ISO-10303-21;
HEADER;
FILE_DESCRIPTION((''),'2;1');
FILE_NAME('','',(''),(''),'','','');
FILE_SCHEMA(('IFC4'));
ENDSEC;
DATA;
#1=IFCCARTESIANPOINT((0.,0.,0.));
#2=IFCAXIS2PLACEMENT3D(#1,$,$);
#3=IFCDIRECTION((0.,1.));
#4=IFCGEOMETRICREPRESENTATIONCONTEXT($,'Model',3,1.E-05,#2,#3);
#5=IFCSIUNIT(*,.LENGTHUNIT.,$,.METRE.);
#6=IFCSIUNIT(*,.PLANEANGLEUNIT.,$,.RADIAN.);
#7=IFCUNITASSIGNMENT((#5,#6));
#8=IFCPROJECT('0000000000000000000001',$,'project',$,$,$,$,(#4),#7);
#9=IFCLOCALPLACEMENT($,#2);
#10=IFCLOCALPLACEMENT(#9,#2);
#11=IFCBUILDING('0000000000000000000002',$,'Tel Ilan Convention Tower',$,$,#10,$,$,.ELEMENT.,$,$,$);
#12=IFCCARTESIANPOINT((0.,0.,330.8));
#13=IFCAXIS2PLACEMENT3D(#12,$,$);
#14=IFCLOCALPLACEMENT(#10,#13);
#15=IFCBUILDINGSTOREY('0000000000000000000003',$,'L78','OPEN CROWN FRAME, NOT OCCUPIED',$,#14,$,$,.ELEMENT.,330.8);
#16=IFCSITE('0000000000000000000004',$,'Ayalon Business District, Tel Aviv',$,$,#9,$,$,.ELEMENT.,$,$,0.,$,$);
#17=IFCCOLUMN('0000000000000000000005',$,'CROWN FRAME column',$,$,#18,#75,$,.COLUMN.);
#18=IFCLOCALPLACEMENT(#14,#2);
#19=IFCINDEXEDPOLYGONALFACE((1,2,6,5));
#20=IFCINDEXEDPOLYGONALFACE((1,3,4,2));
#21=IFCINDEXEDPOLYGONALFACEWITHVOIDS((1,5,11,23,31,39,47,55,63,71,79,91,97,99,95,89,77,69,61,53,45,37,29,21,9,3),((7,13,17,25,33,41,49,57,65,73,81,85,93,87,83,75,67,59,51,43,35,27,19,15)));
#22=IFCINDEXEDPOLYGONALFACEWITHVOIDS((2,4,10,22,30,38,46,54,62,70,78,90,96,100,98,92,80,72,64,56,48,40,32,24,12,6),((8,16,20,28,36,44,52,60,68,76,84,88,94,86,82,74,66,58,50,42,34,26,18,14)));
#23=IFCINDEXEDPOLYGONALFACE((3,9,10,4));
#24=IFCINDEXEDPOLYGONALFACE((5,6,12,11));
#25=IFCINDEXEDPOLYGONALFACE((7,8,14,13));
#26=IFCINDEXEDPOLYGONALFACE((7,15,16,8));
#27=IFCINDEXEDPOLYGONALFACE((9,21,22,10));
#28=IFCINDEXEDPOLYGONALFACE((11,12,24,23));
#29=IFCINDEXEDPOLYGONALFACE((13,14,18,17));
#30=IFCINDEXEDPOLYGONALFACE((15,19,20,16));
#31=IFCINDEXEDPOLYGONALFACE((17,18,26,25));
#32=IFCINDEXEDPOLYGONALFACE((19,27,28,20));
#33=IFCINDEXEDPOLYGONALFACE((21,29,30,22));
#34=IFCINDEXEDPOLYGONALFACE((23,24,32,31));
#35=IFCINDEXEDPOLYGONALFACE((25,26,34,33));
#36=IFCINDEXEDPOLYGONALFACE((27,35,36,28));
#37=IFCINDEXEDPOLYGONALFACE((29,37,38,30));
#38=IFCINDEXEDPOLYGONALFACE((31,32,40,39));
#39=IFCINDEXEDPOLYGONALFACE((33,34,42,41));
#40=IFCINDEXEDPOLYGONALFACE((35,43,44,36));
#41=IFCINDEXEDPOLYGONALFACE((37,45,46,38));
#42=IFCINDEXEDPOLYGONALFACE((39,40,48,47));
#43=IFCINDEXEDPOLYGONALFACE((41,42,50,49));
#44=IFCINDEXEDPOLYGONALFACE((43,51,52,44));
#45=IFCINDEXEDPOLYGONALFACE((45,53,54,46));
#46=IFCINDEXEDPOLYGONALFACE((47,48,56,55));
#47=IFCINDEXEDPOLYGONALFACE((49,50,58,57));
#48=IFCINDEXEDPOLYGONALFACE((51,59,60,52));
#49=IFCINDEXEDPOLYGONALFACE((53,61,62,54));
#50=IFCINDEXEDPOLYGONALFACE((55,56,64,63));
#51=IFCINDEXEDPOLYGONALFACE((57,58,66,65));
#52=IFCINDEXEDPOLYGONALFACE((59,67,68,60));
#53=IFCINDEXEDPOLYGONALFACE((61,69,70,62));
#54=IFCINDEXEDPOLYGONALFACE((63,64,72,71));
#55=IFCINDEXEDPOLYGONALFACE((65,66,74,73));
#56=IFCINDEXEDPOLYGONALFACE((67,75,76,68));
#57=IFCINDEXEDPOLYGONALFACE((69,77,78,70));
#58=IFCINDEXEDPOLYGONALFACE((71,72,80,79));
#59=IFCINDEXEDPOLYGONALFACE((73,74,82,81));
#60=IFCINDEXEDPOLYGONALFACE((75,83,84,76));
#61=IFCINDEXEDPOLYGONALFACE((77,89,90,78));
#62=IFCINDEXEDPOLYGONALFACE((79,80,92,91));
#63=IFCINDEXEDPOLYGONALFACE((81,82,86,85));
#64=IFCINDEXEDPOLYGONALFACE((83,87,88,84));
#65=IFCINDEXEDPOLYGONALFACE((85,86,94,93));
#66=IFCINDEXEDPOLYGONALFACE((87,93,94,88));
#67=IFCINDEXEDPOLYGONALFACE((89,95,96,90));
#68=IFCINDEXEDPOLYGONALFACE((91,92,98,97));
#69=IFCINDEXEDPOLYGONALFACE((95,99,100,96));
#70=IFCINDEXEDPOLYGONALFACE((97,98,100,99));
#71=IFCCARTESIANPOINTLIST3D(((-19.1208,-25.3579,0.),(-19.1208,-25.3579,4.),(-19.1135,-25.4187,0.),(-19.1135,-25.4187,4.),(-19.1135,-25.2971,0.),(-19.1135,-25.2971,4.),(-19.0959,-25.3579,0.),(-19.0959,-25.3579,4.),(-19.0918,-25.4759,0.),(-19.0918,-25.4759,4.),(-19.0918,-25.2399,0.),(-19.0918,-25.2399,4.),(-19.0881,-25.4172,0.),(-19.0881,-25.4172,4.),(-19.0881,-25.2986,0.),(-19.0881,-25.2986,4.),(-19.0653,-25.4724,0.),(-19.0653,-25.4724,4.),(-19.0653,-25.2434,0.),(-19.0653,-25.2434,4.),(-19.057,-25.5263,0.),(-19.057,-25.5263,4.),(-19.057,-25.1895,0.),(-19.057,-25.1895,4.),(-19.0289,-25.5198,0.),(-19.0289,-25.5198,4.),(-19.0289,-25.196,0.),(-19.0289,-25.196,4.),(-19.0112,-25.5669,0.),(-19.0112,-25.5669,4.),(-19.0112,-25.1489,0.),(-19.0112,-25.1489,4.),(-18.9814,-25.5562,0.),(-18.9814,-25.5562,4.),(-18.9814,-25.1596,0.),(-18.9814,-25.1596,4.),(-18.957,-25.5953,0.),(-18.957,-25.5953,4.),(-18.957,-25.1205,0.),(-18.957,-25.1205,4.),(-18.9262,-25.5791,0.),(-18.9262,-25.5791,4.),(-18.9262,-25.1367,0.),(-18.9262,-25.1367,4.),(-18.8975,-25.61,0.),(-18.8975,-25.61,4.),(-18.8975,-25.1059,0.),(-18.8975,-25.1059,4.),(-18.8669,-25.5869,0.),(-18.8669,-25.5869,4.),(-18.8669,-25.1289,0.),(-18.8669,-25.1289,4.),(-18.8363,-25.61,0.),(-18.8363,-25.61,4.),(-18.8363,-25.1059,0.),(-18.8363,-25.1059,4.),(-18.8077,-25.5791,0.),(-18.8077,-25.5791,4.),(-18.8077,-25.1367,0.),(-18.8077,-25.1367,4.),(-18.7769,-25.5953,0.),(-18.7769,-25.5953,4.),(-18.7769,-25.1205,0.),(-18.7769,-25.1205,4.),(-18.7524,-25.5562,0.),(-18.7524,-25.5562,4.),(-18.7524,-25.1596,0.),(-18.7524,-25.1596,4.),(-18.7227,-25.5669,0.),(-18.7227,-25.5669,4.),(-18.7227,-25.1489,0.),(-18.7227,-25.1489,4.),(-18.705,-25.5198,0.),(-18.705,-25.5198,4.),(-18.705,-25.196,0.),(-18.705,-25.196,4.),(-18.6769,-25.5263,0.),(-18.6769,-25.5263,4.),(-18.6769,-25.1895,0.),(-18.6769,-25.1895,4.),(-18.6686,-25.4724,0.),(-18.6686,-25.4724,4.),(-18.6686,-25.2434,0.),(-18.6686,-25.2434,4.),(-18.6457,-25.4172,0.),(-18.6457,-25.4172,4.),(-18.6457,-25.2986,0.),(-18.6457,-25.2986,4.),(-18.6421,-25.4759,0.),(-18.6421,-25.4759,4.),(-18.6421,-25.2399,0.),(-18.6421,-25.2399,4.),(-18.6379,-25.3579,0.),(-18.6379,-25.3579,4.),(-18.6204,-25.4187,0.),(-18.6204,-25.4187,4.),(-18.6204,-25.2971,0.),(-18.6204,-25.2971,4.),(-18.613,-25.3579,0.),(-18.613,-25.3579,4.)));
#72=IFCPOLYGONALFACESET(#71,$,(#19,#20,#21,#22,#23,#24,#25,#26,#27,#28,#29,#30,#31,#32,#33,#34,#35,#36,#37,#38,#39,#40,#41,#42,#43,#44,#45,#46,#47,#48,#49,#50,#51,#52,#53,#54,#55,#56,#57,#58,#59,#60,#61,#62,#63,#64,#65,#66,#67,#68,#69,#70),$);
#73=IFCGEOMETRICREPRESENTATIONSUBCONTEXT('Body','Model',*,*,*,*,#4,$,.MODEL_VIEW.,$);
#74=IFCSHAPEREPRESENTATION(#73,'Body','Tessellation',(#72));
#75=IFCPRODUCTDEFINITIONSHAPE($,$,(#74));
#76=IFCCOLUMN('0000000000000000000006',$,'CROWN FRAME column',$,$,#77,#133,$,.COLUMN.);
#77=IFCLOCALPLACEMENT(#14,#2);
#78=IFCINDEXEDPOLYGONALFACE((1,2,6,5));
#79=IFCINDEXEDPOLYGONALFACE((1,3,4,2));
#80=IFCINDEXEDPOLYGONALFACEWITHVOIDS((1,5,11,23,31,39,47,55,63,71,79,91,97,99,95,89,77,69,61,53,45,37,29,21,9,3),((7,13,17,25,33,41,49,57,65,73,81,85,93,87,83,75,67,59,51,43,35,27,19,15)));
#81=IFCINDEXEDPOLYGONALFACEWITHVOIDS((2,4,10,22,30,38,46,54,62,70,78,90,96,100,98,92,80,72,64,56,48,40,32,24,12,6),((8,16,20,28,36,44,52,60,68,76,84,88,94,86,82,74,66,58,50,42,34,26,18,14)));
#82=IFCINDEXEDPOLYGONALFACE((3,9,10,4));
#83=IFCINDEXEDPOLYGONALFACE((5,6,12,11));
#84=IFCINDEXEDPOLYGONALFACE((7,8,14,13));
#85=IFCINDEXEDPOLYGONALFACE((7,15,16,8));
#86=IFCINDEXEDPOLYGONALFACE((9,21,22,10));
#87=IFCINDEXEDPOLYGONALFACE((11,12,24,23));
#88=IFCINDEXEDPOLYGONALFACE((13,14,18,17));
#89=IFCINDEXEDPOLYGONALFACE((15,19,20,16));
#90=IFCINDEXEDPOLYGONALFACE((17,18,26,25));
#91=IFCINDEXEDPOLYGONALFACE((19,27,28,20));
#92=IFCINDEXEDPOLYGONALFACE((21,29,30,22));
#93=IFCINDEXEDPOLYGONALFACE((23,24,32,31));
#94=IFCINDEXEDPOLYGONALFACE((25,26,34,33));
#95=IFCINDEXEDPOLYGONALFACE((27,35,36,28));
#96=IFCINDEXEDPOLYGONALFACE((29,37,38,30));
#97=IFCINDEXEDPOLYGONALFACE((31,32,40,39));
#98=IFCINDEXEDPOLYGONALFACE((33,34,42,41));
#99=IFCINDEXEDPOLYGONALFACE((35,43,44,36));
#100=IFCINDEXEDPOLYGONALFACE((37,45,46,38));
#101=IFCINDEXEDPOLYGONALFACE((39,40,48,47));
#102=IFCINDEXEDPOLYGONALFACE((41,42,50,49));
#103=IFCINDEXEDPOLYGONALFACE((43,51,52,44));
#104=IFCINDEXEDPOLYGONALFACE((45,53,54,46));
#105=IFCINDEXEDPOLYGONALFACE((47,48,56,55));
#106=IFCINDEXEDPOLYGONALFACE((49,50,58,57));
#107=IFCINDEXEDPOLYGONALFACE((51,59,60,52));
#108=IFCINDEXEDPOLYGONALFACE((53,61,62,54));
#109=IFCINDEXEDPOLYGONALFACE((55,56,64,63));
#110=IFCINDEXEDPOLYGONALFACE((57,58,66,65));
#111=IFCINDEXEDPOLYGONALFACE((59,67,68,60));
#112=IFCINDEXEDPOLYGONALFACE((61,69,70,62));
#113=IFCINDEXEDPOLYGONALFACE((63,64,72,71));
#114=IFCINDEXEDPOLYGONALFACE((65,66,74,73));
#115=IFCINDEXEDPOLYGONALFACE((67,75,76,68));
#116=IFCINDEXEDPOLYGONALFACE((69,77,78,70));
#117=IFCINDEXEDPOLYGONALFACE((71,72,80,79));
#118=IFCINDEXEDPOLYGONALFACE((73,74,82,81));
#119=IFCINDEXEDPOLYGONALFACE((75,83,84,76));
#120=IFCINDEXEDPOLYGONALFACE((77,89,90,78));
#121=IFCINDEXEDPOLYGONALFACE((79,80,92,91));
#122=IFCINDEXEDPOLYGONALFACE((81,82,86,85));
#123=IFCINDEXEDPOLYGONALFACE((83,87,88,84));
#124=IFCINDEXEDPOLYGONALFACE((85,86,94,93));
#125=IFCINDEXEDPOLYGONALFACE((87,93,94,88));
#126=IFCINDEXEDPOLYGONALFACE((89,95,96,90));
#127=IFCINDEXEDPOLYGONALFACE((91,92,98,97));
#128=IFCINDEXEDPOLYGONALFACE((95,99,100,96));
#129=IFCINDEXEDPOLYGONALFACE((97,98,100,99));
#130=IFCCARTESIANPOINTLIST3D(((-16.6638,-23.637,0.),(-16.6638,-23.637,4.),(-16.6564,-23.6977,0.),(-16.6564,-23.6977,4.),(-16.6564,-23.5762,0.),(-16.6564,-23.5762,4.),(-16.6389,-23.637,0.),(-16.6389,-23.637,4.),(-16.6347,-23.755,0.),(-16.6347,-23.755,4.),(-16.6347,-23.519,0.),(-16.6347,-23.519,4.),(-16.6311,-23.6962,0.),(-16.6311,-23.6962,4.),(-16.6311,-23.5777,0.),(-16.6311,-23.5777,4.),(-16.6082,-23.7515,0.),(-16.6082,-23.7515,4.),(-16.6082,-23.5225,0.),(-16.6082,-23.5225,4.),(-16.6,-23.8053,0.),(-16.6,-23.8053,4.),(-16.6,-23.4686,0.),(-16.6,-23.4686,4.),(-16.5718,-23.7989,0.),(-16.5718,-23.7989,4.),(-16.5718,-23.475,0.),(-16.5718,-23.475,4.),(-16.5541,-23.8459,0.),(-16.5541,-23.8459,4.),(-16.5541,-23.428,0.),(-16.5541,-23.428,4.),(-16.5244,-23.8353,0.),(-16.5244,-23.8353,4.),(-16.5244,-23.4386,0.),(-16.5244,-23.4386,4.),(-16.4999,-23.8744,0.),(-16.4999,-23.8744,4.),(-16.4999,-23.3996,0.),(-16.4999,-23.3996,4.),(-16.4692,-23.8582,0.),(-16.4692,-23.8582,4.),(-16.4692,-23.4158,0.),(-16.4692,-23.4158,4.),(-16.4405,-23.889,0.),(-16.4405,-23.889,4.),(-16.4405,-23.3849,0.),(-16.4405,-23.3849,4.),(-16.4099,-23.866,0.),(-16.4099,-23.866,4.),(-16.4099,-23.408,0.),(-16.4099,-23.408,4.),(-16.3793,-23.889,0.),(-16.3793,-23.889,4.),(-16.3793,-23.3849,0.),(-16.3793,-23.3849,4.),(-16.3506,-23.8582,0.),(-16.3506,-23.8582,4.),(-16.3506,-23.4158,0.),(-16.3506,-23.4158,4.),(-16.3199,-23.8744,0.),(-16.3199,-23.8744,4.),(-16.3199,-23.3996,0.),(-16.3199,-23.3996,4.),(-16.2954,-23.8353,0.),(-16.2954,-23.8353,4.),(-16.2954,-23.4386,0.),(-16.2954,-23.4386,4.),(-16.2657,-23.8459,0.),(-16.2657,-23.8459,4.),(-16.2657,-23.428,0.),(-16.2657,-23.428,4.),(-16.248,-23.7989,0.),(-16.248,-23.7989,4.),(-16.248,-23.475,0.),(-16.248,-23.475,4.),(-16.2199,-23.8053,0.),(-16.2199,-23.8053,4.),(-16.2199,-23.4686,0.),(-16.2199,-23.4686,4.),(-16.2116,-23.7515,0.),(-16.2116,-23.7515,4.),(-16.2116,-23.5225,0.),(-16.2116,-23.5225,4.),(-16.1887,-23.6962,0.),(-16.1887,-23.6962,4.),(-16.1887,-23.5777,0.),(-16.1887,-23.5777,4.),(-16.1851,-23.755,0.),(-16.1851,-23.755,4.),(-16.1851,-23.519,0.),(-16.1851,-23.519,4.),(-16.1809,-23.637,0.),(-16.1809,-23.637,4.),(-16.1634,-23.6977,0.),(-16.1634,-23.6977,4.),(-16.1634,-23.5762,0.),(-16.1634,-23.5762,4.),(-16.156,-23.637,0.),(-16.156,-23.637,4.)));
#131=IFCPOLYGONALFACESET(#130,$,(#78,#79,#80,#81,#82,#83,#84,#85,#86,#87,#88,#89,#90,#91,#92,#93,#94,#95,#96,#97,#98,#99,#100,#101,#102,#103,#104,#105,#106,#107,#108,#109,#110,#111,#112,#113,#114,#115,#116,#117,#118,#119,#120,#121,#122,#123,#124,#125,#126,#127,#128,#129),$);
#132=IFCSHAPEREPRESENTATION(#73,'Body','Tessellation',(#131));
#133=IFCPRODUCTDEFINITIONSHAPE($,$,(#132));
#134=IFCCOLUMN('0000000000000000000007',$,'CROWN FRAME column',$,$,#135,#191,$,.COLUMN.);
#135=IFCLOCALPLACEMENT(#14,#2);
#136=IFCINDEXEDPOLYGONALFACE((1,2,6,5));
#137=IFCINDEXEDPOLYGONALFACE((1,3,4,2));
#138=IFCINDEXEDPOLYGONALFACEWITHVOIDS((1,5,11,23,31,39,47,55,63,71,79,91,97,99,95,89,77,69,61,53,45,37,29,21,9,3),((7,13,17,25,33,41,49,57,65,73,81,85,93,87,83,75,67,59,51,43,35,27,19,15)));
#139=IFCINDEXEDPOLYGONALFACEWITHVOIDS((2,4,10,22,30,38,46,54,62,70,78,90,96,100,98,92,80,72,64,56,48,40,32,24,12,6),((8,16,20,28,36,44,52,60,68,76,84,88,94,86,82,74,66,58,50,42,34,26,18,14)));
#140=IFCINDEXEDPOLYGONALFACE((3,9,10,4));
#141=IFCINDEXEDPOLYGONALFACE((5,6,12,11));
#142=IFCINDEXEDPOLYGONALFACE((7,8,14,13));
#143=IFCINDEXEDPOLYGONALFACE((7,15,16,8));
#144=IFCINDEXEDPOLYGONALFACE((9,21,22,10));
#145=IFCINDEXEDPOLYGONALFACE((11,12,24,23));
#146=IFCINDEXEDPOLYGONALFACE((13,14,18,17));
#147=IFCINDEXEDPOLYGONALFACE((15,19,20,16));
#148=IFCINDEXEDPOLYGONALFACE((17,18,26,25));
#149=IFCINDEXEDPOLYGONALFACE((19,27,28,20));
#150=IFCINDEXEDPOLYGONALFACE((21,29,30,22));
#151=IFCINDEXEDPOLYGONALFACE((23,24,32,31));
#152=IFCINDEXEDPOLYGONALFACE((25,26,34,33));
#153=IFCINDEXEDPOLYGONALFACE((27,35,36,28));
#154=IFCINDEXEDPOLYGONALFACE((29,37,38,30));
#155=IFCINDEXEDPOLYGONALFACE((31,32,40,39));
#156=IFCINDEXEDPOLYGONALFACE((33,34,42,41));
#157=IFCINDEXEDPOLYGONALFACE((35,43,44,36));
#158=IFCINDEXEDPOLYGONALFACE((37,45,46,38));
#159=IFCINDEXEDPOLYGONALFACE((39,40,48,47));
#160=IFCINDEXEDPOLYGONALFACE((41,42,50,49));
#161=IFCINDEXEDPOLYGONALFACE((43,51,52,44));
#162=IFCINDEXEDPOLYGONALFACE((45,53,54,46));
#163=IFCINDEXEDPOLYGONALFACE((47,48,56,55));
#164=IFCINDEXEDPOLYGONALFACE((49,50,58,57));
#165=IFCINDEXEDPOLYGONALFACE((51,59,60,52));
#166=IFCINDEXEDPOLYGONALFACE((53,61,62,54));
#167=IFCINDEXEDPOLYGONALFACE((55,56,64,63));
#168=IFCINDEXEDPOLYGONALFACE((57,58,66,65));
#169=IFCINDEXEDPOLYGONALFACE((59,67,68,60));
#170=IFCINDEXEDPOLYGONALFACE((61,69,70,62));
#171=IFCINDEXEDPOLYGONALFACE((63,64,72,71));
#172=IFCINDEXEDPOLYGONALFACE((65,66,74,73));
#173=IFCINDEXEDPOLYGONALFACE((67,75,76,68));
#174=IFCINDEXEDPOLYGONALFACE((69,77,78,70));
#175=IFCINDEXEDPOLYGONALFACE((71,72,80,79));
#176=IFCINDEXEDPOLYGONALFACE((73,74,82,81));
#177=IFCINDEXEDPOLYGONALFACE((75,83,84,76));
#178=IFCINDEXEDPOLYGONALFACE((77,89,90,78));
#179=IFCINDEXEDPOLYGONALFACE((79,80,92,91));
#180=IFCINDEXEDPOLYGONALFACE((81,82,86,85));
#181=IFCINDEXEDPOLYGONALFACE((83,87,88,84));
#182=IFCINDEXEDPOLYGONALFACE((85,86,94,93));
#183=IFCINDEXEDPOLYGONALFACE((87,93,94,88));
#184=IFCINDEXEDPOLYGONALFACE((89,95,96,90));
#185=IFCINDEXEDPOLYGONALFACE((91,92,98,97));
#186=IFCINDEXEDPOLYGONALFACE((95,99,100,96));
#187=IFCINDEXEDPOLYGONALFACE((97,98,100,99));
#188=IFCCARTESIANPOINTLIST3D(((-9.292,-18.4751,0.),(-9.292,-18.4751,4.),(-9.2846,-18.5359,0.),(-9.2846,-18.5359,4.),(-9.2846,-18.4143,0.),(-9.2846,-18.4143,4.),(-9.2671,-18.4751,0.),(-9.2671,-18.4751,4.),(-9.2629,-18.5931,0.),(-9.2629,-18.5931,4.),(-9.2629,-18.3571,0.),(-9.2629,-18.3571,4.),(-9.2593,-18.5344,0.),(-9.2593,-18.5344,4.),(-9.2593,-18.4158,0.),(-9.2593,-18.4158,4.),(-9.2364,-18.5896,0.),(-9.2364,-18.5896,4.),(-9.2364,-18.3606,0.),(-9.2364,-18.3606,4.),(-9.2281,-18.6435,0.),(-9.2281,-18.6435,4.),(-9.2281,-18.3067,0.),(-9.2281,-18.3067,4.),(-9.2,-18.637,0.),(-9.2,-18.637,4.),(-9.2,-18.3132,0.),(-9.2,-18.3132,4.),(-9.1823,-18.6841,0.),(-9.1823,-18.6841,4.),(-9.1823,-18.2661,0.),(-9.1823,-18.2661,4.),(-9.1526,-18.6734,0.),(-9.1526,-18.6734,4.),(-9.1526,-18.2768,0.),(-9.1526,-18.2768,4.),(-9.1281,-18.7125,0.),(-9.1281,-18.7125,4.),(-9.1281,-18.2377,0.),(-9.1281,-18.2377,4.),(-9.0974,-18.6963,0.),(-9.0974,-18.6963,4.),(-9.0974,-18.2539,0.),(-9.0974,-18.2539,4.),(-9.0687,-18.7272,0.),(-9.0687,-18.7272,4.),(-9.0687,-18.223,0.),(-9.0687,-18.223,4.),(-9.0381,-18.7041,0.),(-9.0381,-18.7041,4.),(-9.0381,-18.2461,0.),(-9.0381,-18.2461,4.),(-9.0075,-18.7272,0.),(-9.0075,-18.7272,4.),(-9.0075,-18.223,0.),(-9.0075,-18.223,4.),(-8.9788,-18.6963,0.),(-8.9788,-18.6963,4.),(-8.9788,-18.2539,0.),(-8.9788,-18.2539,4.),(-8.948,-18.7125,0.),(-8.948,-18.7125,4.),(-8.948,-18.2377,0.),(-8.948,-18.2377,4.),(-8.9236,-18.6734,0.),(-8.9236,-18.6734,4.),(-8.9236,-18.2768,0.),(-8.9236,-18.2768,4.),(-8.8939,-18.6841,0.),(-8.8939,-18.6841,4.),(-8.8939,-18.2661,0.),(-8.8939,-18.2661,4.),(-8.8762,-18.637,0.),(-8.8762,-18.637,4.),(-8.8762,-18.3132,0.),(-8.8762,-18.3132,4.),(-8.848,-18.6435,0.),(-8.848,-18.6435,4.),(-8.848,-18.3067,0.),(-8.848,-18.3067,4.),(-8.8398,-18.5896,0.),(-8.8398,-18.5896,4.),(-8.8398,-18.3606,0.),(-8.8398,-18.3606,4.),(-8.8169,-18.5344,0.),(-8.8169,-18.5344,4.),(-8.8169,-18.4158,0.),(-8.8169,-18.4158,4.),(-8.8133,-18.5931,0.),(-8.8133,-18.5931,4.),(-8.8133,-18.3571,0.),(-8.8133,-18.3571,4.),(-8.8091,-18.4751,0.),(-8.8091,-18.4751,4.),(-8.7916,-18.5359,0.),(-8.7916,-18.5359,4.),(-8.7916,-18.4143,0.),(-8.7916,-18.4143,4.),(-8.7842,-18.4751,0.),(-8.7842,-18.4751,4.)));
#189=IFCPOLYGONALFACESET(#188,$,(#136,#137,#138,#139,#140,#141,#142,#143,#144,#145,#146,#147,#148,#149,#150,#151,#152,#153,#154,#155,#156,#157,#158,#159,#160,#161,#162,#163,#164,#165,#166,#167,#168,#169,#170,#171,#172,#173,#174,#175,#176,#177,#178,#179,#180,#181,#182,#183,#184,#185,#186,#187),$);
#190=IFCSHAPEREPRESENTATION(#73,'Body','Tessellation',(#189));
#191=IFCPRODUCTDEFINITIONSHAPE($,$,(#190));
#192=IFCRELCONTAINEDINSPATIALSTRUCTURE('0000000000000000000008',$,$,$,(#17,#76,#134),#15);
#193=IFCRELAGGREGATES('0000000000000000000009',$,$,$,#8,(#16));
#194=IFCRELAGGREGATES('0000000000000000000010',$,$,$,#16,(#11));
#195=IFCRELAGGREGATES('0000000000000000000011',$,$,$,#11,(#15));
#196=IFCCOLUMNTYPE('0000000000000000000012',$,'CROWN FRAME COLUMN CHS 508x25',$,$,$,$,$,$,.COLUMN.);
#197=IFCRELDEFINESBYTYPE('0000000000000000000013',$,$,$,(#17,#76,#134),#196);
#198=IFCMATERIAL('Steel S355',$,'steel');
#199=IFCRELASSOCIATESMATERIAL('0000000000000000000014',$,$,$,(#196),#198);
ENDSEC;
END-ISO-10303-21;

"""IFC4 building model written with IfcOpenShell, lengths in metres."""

from ifc_helpers import new_model, si_unit, direction, frame, origin, origin_2d, place, context, subcontext, project, spatial, hollow_circle, extrude, material, material_profile, profile_set, type_object, element, save


model = new_model("IFC4")

# Units and contexts
model_context = context("Model", 3, precision=1e-05, world=origin(), true_north=direction((0.0, 1.0)))
body_context = subcontext(model_context, "Body", "Model", "MODEL_VIEW")
ifc_project = project(units=[si_unit("LENGTHUNIT", "METRE"), si_unit("PLANEANGLEUNIT", "RADIAN")], contexts=[model_context])

# Site, building, storey
site_placement = place(None, origin())
site = spatial("IfcSite", under=ifc_project, at=site_placement, Name="Ayalon Business District, Tel Aviv", CompositionType="ELEMENT", RefElevation=0.0)
building_placement = place(site_placement, origin())
building = spatial("IfcBuilding", under=site, at=building_placement, Name="Tel Ilan Convention Tower", CompositionType="ELEMENT")
storey_placement = place(building_placement, frame((0.0, 0.0, 330.8)))
storey = spatial("IfcBuildingStorey", under=building, at=storey_placement, Name="L78", Description="OPEN CROWN FRAME, NOT OCCUPIED", CompositionType="ELEMENT", Elevation=330.8)

# Columns
ifc_material_1 = material(Name="Steel S355", Category="steel")
ifc_material_profile_1 = material_profile(ifc_material_1, hollow_circle(Radius=0.2539, WallThickness=0.0249, at=origin_2d()), Name="CHS 508x25")
ifc_profile_set_1 = profile_set([ifc_material_profile_1], Name="Steel S355")
column_type = type_object("IfcColumnType", Name="CROWN FRAME COLUMN CHS 508x25", PredefinedType="COLUMN", material=ifc_profile_set_1)
for number, where, z_axis, x_axis, name in (
    (1, (-18.8669, -25.3579, 0.0), (0.0, 0.0, 1.0), (1.0, 0.0, 0.0), "CROWN FRAME column"),
    (2, (-16.4099, -23.637, 0.0), (0.0, 0.0, 1.0), (1.0, 0.0, 0.0), "CROWN FRAME column"),
    (3, (-9.0381, -18.4751, 0.0), (0.0, 0.0, 1.0), (1.0, 0.0, 0.0), "CROWN FRAME column"),
):
    element("IfcColumn", number, at=place(storey_placement, frame(where, z_axis=z_axis, x_axis=x_axis)), inside=storey, type_object=column_type, Name=name, PredefinedType="COLUMN", context=body_context, shape_type="SweptSolid", body=[
        extrude(hollow_circle(Radius=0.2539, WallThickness=0.0249, at=origin_2d()), origin(), (0.0, 0.0, 1.0), 4.0),
    ])

save(model, "model.ifc")
